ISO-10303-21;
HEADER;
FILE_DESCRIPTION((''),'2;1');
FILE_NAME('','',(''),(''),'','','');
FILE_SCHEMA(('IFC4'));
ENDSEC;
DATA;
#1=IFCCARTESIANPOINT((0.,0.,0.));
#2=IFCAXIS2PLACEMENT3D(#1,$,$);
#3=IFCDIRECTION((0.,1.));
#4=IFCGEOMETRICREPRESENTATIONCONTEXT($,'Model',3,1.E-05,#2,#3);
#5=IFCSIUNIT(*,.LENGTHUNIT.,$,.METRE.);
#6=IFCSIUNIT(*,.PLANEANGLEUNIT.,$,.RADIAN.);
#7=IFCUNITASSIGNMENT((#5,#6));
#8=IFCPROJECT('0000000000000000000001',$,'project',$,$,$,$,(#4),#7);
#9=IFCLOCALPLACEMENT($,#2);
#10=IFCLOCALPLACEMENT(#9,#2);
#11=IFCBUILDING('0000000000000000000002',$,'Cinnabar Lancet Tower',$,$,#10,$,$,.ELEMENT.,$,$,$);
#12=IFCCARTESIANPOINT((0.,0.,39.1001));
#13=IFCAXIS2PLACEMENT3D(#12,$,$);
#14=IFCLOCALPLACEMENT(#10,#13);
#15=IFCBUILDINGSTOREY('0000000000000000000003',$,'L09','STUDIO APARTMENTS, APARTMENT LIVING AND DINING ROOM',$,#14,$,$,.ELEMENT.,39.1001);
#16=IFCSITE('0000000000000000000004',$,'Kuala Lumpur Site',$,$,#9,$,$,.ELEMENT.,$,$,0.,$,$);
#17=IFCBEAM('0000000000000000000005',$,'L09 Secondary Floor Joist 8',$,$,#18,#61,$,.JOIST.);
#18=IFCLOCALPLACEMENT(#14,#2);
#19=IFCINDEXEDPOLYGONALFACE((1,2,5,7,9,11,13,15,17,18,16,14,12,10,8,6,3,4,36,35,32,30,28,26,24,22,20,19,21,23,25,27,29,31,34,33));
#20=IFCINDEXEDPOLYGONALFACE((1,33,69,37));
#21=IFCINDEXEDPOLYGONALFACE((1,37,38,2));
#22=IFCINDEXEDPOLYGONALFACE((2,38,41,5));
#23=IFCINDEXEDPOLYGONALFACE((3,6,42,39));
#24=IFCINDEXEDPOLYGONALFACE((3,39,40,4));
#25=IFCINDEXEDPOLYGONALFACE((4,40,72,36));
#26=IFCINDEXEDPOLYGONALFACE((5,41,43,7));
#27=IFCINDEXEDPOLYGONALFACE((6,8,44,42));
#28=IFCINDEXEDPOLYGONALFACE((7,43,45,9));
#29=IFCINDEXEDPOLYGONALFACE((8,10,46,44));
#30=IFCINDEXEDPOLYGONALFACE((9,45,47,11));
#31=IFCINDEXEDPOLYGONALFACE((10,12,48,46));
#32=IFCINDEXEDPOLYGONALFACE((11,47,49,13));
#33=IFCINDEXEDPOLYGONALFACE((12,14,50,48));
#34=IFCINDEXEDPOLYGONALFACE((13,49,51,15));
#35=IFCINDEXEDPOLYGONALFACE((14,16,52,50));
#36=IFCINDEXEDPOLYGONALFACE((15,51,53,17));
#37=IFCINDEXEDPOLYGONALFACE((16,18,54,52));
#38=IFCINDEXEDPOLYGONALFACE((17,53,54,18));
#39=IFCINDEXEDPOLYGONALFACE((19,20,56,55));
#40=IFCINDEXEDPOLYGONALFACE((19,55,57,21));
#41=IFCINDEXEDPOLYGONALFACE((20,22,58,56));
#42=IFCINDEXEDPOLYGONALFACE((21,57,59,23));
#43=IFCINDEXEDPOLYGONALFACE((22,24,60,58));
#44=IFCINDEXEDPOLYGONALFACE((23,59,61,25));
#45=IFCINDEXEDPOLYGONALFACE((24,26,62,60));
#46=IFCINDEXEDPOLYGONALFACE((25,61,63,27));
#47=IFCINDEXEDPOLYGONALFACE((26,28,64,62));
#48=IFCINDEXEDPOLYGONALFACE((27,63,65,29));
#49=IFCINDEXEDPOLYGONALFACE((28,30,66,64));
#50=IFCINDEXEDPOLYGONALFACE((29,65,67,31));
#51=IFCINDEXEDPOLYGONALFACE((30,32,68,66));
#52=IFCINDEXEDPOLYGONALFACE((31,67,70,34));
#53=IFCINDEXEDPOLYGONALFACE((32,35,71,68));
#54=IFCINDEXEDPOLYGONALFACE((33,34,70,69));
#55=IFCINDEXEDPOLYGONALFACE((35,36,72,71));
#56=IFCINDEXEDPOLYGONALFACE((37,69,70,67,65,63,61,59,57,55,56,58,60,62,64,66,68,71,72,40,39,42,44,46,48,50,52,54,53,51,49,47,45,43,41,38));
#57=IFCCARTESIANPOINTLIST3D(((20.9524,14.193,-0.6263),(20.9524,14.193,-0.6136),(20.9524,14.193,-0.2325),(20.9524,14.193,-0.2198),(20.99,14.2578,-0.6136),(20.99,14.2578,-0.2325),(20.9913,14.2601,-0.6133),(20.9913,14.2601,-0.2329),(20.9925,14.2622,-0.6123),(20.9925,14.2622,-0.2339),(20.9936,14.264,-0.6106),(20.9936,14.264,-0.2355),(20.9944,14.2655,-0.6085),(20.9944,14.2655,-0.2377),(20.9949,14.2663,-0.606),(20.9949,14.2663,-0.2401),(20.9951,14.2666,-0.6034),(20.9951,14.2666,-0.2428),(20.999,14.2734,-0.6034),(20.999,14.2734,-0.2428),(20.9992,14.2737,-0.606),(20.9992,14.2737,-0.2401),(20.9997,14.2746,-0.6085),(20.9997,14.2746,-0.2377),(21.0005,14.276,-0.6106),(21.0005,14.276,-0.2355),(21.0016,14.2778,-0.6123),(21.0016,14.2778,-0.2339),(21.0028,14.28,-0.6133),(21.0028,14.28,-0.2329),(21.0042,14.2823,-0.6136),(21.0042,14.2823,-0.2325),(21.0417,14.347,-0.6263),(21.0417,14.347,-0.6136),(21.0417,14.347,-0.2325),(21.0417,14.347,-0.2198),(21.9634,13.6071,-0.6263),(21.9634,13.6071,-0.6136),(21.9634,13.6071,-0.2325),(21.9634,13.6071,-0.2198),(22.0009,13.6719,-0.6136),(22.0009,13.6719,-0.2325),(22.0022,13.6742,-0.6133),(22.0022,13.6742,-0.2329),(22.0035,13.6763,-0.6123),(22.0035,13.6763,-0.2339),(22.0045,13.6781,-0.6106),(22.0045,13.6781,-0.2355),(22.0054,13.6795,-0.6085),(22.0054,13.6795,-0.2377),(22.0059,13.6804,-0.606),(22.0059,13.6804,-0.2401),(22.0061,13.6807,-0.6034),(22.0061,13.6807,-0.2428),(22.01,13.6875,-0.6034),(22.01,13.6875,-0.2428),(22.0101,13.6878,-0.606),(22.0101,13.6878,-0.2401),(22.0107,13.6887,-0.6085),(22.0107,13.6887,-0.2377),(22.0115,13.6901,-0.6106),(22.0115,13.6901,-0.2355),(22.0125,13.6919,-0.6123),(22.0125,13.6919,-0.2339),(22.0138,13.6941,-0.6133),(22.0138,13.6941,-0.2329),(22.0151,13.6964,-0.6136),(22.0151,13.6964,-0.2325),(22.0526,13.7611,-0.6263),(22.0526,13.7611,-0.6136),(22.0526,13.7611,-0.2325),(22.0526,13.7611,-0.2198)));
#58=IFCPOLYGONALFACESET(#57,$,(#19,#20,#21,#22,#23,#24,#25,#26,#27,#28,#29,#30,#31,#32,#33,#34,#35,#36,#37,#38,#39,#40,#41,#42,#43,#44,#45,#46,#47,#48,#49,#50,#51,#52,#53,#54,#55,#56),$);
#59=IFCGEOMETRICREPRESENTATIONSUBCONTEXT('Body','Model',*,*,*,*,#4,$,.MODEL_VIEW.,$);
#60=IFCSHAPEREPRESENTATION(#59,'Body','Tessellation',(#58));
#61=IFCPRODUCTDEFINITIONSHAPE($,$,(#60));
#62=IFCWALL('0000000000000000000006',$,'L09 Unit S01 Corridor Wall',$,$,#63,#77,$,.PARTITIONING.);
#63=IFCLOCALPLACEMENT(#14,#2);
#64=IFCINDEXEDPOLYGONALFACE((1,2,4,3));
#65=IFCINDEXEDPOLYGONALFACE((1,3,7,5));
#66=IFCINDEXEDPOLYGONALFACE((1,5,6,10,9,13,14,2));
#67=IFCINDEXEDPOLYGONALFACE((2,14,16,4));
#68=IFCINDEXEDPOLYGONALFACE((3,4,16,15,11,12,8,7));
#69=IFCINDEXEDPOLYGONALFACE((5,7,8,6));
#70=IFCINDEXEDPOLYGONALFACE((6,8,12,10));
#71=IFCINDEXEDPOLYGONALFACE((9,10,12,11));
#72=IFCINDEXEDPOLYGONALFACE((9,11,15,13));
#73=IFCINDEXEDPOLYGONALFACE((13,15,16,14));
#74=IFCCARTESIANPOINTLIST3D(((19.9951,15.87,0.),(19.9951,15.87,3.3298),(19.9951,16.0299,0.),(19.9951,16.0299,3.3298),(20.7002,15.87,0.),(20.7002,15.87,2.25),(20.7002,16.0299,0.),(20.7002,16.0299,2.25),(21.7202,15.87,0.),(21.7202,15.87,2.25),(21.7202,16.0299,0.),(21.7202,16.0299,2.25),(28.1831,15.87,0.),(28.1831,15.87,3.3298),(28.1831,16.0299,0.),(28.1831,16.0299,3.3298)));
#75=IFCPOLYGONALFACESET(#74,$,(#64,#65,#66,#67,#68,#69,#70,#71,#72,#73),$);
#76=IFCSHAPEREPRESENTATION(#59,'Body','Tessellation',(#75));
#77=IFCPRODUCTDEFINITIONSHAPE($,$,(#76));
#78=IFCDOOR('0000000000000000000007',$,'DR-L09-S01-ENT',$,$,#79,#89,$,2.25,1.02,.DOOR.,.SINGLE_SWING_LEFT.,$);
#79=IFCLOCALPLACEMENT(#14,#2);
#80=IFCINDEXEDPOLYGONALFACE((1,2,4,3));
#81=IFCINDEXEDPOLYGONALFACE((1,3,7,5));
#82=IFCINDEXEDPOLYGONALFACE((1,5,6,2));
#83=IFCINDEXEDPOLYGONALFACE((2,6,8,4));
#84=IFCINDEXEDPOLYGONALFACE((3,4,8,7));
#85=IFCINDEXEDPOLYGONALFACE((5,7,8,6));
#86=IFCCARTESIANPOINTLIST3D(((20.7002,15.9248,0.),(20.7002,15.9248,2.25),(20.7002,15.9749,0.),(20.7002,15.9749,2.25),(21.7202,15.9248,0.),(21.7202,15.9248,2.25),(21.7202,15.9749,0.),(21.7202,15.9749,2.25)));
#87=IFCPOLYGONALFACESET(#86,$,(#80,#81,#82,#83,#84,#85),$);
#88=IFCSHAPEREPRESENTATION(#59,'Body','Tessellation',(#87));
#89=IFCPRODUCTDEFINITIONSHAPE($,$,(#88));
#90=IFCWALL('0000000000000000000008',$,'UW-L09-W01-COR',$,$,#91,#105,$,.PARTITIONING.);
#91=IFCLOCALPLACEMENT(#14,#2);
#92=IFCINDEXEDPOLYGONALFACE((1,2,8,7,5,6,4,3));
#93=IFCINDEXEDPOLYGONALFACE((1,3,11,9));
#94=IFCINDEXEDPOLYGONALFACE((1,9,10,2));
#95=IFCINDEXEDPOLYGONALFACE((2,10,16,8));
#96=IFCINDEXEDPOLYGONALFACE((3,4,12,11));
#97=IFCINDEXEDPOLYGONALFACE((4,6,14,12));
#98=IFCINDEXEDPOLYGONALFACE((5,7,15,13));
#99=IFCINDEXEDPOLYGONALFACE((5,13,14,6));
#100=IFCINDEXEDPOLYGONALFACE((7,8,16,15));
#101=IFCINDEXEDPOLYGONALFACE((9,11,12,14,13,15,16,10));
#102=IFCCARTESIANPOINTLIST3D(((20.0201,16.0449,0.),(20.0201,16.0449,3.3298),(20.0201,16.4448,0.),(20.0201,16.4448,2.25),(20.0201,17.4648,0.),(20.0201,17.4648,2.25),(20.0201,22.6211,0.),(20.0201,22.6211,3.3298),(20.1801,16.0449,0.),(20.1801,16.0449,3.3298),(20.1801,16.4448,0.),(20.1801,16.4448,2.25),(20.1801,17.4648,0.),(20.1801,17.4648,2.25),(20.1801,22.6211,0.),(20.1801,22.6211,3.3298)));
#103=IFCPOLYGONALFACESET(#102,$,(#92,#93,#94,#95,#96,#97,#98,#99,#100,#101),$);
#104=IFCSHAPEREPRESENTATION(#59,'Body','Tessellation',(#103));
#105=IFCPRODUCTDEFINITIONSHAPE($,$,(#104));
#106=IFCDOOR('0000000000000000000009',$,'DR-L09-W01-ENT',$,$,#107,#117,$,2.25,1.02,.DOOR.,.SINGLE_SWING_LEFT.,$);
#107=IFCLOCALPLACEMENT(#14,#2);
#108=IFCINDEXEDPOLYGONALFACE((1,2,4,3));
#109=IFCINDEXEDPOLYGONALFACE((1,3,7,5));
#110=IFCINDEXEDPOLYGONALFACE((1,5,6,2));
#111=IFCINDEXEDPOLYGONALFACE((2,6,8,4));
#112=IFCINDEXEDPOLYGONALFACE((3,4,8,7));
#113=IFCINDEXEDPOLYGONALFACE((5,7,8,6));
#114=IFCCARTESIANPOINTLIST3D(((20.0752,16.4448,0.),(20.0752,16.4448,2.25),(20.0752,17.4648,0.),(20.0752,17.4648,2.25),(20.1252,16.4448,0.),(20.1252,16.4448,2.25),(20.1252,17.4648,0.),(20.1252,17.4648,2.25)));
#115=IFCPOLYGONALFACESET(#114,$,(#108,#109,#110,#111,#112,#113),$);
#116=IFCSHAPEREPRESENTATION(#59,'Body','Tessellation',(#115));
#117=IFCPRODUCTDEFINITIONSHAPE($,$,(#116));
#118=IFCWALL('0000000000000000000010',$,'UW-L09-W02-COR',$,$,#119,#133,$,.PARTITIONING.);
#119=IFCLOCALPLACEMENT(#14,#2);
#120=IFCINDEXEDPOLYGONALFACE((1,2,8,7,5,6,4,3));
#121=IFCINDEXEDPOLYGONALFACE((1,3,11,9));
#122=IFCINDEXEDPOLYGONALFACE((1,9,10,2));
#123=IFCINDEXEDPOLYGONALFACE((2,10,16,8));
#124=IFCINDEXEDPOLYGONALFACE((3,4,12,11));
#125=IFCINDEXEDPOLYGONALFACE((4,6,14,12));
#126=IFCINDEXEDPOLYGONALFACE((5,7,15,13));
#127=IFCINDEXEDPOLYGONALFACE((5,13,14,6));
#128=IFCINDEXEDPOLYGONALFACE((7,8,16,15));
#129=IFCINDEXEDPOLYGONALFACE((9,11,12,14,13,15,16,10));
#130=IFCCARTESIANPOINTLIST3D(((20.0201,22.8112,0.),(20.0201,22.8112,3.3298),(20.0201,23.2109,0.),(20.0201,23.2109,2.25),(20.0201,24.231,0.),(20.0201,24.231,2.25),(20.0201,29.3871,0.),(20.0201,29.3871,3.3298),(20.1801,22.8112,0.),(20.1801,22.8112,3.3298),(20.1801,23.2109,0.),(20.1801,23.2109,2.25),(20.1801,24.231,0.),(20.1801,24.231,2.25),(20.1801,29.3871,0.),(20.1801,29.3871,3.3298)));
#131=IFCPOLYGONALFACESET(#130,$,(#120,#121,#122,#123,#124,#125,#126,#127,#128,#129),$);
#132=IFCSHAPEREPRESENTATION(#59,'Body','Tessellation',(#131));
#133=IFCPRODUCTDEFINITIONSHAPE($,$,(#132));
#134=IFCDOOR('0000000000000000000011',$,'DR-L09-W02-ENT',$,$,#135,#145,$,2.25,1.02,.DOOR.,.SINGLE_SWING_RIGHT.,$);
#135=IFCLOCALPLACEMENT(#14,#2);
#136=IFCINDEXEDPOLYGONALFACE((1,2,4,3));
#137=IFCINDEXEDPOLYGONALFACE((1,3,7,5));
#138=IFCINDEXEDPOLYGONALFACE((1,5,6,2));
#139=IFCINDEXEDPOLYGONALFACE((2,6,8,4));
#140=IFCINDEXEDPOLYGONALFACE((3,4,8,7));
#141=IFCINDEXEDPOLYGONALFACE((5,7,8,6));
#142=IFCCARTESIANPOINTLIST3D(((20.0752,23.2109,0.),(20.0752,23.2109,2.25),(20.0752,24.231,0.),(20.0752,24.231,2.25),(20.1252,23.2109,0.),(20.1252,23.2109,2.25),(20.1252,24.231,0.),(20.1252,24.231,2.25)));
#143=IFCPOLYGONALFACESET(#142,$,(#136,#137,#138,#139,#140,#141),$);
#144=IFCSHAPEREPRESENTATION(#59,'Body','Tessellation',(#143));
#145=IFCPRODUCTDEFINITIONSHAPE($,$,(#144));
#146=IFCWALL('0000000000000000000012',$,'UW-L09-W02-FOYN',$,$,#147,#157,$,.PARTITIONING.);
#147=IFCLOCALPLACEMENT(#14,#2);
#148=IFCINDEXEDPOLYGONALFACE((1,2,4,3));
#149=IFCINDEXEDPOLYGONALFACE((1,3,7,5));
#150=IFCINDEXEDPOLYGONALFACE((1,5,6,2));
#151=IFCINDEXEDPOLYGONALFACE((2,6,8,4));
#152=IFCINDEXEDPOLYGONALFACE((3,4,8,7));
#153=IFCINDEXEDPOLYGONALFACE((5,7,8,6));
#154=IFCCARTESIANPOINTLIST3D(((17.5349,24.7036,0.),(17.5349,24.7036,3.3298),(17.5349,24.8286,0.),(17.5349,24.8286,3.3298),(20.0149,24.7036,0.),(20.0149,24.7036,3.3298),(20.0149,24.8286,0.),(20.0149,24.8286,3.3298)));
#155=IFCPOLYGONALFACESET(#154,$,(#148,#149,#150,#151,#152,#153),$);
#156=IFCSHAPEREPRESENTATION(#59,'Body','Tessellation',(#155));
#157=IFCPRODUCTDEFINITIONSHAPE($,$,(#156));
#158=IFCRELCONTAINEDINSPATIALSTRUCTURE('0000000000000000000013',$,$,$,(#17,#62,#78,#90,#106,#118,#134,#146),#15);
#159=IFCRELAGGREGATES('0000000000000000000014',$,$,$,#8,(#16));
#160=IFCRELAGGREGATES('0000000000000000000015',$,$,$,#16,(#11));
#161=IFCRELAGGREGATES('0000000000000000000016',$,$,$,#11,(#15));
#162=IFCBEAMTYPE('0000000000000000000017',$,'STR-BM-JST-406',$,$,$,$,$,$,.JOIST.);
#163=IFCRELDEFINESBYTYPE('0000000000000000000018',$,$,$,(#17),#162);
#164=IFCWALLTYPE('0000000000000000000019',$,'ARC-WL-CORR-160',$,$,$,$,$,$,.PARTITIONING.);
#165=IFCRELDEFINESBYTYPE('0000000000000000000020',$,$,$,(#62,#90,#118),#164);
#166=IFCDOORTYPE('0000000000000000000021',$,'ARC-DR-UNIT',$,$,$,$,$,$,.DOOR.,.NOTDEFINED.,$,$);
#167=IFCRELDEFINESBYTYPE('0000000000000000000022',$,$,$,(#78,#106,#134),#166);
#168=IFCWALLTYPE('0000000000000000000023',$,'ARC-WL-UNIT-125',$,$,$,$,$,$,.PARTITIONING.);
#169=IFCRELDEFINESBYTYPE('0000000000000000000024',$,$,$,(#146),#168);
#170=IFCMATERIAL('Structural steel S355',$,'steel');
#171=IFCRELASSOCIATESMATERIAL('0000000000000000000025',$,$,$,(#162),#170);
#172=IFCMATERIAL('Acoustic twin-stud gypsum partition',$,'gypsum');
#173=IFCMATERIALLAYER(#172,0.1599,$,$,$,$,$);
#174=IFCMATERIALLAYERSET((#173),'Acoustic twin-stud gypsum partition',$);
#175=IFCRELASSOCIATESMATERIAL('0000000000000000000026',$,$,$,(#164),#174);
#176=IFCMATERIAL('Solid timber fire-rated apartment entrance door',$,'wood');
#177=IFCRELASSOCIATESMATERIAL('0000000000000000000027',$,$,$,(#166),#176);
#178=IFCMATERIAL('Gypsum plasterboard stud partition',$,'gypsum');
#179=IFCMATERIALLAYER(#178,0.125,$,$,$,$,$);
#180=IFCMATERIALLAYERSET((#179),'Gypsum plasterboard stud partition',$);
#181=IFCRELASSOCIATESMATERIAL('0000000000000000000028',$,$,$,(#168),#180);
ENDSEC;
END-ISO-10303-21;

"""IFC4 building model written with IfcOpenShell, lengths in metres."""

from ifc_helpers import new_model, si_unit, direction, frame, frame_2d, origin, origin_2d, place, context, subcontext, project, spatial, rectangle, i_section, extrude, material, layer, layer_set, material_profile, profile_set, type_object, element, fill, save


model = new_model("IFC4")

# Units and contexts
model_context = context("Model", 3, precision=1e-05, world=origin(), true_north=direction((0.0, 1.0)))
body_context = subcontext(model_context, "Body", "Model", "MODEL_VIEW")
ifc_project = project(units=[si_unit("LENGTHUNIT", "METRE"), si_unit("PLANEANGLEUNIT", "RADIAN")], contexts=[model_context])

# Site, building, storey
site_placement = place(None, origin())
site = spatial("IfcSite", under=ifc_project, at=site_placement, Name="Kuala Lumpur Site", CompositionType="ELEMENT", RefElevation=0.0)
building_placement = place(site_placement, origin())
building = spatial("IfcBuilding", under=site, at=building_placement, Name="Cinnabar Lancet Tower", CompositionType="ELEMENT")
storey_placement = place(building_placement, frame((0.0, 0.0, 39.1001)))
storey = spatial("IfcBuildingStorey", under=building, at=storey_placement, Name="L09", Description="STUDIO APARTMENTS, APARTMENT LIVING AND DINING ROOM", CompositionType="ELEMENT", Elevation=39.1001)

# Beam
ifc_material_1 = material(Name="Structural steel S355", Category="steel")
ifc_material_profile_1 = material_profile(ifc_material_1, i_section(OverallWidth=0.178, OverallDepth=0.4065, WebThickness=0.0078, FlangeThickness=0.0127, FilletRadius=0.0103, at=origin_2d()), Name="UKB 406x178x60")
ifc_profile_set_1 = profile_set([ifc_material_profile_1], Name="Structural steel S355")
beam_type = type_object("IfcBeamType", Name="STR-BM-JST-406", PredefinedType="JOIST", material=ifc_profile_set_1)
beam_1_placement = place(storey_placement, frame((20.9971, 14.27, -0.4231), z_axis=(0.865193, -0.50144, 0.0), x_axis=(0.50144, 0.865193, 0.0)))
element("IfcBeam", 1, at=beam_1_placement, inside=storey, type_object=beam_type, Name="L09 Secondary Floor Joist 8", PredefinedType="JOIST", context=body_context, shape_type="SweptSolid", body=[
    extrude(i_section(OverallWidth=0.178, OverallDepth=0.4065, WebThickness=0.0078, FlangeThickness=0.0127, FilletRadius=0.0103, at=origin_2d()), origin(), (0.0, 0.0, 1.0), 1.1685),
])

# Walls, openings, doors
ifc_material_2 = material(Name="Acoustic twin-stud gypsum partition", Category="gypsum")
ifc_layer_1 = layer(ifc_material_2, 0.1599)
ifc_layer_set_1 = layer_set([ifc_layer_1], Name="Acoustic twin-stud gypsum partition")
wall_type_1 = type_object("IfcWallType", Name="ARC-WL-CORR-160", PredefinedType="PARTITIONING", material=ifc_layer_set_1)
wall_1_placement = place(storey_placement, frame((19.9951, 15.95, 0.0), z_axis=(0.0, 0.0, 1.0), x_axis=(1.0, 0.0, 0.0)))
wall_1 = element("IfcWall", 2, at=wall_1_placement, inside=storey, type_object=wall_type_1, Name="L09 Unit S01 Corridor Wall", PredefinedType="PARTITIONING", context=body_context, shape_type="SweptSolid", body=[
    extrude(rectangle(XDim=8.188, YDim=0.1599, at=frame_2d((4.094, 0.0))), origin(), (0.0, 0.0, 1.0), 3.3298),
])
opening_1_placement = place(wall_1_placement, frame((0.7051, 0.0, 0.0)))
opening_1 = element("IfcOpeningElement", 3, at=opening_1_placement, cuts=wall_1, PredefinedType="OPENING", context=body_context, shape_type="SweptSolid", body=[
    extrude(rectangle(XDim=1.02, YDim=2.25, at=frame_2d((0.51, 1.125))), frame((0.0, 0.0898, 0.0), z_axis=(0.0, -1.0, 0.0), x_axis=(1.0, 0.0, 0.0)), (0.0, 0.0, 1.0), 0.1799),
])
ifc_material_3 = material(Name="Solid timber fire-rated apartment entrance door", Category="wood")
door_type_1 = type_object("IfcDoorType", Name="ARC-DR-UNIT", OperationType="NOTDEFINED", PredefinedType="DOOR", material=ifc_material_3)
door_1_placement = place(opening_1_placement, origin())
door_1 = element("IfcDoor", 4, at=door_1_placement, inside=storey, type_object=door_type_1, Name="DR-L09-S01-ENT", OperationType="SINGLE_SWING_LEFT", OverallHeight=2.25, OverallWidth=1.02, PredefinedType="DOOR", context=body_context, shape_type="SweptSolid", body=[
    extrude(rectangle(XDim=1.02, YDim=2.25, at=frame_2d((0.51, 1.125))), frame((0.0, 0.0249, 0.0), z_axis=(0.0, -1.0, 0.0), x_axis=(1.0, 0.0, 0.0)), (0.0, 0.0, 1.0), 0.05),
])
fill(opening_1, door_1)
wall_2_placement = place(storey_placement, frame((20.1001, 16.0449, 0.0), z_axis=(0.0, 0.0, 1.0), x_axis=(0.0, 1.0, 0.0)))
wall_2 = element("IfcWall", 5, at=wall_2_placement, inside=storey, type_object=wall_type_1, Name="UW-L09-W01-COR", PredefinedType="PARTITIONING", context=body_context, shape_type="SweptSolid", body=[
    extrude(rectangle(XDim=6.5762, YDim=0.1599, at=frame_2d((3.2881, 0.0))), origin(), (0.0, 0.0, 1.0), 3.3298),
])
opening_2_placement = place(wall_2_placement, frame((0.3999, 0.0, 0.0)))
opening_2 = element("IfcOpeningElement", 6, at=opening_2_placement, cuts=wall_2, PredefinedType="OPENING", context=body_context, shape_type="SweptSolid", body=[
    extrude(rectangle(XDim=1.02, YDim=2.25, at=frame_2d((0.51, 1.125))), frame((0.0, 0.0898, 0.0), z_axis=(0.0, -1.0, 0.0), x_axis=(1.0, 0.0, 0.0)), (0.0, 0.0, 1.0), 0.1799),
])
door_2_placement = place(opening_2_placement, origin())
door_2 = element("IfcDoor", 7, at=door_2_placement, inside=storey, type_object=door_type_1, Name="DR-L09-W01-ENT", OperationType="SINGLE_SWING_LEFT", OverallHeight=2.25, OverallWidth=1.02, PredefinedType="DOOR", context=body_context, shape_type="SweptSolid", body=[
    extrude(rectangle(XDim=1.02, YDim=2.25, at=frame_2d((0.51, 1.125))), frame((0.0, 0.0249, 0.0), z_axis=(0.0, -1.0, 0.0), x_axis=(1.0, 0.0, 0.0)), (0.0, 0.0, 1.0), 0.05),
])
fill(opening_2, door_2)
wall_3_placement = place(storey_placement, frame((20.1001, 22.811, 0.0), z_axis=(0.0, 0.0, 1.0), x_axis=(0.0, 1.0, 0.0)))
wall_3 = element("IfcWall", 8, at=wall_3_placement, inside=storey, type_object=wall_type_1, Name="UW-L09-W02-COR", PredefinedType="PARTITIONING", context=body_context, shape_type="SweptSolid", body=[
    extrude(rectangle(XDim=6.5759, YDim=0.1599, at=frame_2d((3.2881, 0.0))), origin(), (0.0, 0.0, 1.0), 3.3298),
])
opening_3_placement = place(wall_3_placement, frame((0.3999, 0.0, 0.0)))
opening_3 = element("IfcOpeningElement", 9, at=opening_3_placement, cuts=wall_3, PredefinedType="OPENING", context=body_context, shape_type="SweptSolid", body=[
    extrude(rectangle(XDim=1.02, YDim=2.25, at=frame_2d((0.51, 1.125))), frame((0.0, 0.0898, 0.0), z_axis=(0.0, -1.0, 0.0), x_axis=(1.0, 0.0, 0.0)), (0.0, 0.0, 1.0), 0.1799),
])
door_3_placement = place(opening_3_placement, origin())
door_3 = element("IfcDoor", 10, at=door_3_placement, inside=storey, type_object=door_type_1, Name="DR-L09-W02-ENT", OperationType="SINGLE_SWING_RIGHT", OverallHeight=2.25, OverallWidth=1.02, PredefinedType="DOOR", context=body_context, shape_type="SweptSolid", body=[
    extrude(rectangle(XDim=1.02, YDim=2.25, at=frame_2d((0.51, 1.125))), frame((0.0, 0.0249, 0.0), z_axis=(0.0, -1.0, 0.0), x_axis=(1.0, 0.0, 0.0)), (0.0, 0.0, 1.0), 0.05),
])
fill(opening_3, door_3)

# Wall
ifc_material_4 = material(Name="Gypsum plasterboard stud partition", Category="gypsum")
ifc_layer_2 = layer(ifc_material_4, 0.125)
ifc_layer_set_2 = layer_set([ifc_layer_2], Name="Gypsum plasterboard stud partition")
wall_type_2 = type_object("IfcWallType", Name="ARC-WL-UNIT-125", PredefinedType="PARTITIONING", material=ifc_layer_set_2)
wall_4_placement = place(storey_placement, frame((17.5349, 24.7661, 0.0), z_axis=(0.0, 0.0, 1.0), x_axis=(1.0, 0.0, 0.0)))
element("IfcWall", 11, at=wall_4_placement, inside=storey, type_object=wall_type_2, Name="UW-L09-W02-FOYN", PredefinedType="PARTITIONING", context=body_context, shape_type="SweptSolid", body=[
    extrude(rectangle(XDim=2.48, YDim=0.125, at=frame_2d((1.24, 0.0))), origin(), (0.0, 0.0, 1.0), 3.3298),
])

save(model, "model.ifc")
